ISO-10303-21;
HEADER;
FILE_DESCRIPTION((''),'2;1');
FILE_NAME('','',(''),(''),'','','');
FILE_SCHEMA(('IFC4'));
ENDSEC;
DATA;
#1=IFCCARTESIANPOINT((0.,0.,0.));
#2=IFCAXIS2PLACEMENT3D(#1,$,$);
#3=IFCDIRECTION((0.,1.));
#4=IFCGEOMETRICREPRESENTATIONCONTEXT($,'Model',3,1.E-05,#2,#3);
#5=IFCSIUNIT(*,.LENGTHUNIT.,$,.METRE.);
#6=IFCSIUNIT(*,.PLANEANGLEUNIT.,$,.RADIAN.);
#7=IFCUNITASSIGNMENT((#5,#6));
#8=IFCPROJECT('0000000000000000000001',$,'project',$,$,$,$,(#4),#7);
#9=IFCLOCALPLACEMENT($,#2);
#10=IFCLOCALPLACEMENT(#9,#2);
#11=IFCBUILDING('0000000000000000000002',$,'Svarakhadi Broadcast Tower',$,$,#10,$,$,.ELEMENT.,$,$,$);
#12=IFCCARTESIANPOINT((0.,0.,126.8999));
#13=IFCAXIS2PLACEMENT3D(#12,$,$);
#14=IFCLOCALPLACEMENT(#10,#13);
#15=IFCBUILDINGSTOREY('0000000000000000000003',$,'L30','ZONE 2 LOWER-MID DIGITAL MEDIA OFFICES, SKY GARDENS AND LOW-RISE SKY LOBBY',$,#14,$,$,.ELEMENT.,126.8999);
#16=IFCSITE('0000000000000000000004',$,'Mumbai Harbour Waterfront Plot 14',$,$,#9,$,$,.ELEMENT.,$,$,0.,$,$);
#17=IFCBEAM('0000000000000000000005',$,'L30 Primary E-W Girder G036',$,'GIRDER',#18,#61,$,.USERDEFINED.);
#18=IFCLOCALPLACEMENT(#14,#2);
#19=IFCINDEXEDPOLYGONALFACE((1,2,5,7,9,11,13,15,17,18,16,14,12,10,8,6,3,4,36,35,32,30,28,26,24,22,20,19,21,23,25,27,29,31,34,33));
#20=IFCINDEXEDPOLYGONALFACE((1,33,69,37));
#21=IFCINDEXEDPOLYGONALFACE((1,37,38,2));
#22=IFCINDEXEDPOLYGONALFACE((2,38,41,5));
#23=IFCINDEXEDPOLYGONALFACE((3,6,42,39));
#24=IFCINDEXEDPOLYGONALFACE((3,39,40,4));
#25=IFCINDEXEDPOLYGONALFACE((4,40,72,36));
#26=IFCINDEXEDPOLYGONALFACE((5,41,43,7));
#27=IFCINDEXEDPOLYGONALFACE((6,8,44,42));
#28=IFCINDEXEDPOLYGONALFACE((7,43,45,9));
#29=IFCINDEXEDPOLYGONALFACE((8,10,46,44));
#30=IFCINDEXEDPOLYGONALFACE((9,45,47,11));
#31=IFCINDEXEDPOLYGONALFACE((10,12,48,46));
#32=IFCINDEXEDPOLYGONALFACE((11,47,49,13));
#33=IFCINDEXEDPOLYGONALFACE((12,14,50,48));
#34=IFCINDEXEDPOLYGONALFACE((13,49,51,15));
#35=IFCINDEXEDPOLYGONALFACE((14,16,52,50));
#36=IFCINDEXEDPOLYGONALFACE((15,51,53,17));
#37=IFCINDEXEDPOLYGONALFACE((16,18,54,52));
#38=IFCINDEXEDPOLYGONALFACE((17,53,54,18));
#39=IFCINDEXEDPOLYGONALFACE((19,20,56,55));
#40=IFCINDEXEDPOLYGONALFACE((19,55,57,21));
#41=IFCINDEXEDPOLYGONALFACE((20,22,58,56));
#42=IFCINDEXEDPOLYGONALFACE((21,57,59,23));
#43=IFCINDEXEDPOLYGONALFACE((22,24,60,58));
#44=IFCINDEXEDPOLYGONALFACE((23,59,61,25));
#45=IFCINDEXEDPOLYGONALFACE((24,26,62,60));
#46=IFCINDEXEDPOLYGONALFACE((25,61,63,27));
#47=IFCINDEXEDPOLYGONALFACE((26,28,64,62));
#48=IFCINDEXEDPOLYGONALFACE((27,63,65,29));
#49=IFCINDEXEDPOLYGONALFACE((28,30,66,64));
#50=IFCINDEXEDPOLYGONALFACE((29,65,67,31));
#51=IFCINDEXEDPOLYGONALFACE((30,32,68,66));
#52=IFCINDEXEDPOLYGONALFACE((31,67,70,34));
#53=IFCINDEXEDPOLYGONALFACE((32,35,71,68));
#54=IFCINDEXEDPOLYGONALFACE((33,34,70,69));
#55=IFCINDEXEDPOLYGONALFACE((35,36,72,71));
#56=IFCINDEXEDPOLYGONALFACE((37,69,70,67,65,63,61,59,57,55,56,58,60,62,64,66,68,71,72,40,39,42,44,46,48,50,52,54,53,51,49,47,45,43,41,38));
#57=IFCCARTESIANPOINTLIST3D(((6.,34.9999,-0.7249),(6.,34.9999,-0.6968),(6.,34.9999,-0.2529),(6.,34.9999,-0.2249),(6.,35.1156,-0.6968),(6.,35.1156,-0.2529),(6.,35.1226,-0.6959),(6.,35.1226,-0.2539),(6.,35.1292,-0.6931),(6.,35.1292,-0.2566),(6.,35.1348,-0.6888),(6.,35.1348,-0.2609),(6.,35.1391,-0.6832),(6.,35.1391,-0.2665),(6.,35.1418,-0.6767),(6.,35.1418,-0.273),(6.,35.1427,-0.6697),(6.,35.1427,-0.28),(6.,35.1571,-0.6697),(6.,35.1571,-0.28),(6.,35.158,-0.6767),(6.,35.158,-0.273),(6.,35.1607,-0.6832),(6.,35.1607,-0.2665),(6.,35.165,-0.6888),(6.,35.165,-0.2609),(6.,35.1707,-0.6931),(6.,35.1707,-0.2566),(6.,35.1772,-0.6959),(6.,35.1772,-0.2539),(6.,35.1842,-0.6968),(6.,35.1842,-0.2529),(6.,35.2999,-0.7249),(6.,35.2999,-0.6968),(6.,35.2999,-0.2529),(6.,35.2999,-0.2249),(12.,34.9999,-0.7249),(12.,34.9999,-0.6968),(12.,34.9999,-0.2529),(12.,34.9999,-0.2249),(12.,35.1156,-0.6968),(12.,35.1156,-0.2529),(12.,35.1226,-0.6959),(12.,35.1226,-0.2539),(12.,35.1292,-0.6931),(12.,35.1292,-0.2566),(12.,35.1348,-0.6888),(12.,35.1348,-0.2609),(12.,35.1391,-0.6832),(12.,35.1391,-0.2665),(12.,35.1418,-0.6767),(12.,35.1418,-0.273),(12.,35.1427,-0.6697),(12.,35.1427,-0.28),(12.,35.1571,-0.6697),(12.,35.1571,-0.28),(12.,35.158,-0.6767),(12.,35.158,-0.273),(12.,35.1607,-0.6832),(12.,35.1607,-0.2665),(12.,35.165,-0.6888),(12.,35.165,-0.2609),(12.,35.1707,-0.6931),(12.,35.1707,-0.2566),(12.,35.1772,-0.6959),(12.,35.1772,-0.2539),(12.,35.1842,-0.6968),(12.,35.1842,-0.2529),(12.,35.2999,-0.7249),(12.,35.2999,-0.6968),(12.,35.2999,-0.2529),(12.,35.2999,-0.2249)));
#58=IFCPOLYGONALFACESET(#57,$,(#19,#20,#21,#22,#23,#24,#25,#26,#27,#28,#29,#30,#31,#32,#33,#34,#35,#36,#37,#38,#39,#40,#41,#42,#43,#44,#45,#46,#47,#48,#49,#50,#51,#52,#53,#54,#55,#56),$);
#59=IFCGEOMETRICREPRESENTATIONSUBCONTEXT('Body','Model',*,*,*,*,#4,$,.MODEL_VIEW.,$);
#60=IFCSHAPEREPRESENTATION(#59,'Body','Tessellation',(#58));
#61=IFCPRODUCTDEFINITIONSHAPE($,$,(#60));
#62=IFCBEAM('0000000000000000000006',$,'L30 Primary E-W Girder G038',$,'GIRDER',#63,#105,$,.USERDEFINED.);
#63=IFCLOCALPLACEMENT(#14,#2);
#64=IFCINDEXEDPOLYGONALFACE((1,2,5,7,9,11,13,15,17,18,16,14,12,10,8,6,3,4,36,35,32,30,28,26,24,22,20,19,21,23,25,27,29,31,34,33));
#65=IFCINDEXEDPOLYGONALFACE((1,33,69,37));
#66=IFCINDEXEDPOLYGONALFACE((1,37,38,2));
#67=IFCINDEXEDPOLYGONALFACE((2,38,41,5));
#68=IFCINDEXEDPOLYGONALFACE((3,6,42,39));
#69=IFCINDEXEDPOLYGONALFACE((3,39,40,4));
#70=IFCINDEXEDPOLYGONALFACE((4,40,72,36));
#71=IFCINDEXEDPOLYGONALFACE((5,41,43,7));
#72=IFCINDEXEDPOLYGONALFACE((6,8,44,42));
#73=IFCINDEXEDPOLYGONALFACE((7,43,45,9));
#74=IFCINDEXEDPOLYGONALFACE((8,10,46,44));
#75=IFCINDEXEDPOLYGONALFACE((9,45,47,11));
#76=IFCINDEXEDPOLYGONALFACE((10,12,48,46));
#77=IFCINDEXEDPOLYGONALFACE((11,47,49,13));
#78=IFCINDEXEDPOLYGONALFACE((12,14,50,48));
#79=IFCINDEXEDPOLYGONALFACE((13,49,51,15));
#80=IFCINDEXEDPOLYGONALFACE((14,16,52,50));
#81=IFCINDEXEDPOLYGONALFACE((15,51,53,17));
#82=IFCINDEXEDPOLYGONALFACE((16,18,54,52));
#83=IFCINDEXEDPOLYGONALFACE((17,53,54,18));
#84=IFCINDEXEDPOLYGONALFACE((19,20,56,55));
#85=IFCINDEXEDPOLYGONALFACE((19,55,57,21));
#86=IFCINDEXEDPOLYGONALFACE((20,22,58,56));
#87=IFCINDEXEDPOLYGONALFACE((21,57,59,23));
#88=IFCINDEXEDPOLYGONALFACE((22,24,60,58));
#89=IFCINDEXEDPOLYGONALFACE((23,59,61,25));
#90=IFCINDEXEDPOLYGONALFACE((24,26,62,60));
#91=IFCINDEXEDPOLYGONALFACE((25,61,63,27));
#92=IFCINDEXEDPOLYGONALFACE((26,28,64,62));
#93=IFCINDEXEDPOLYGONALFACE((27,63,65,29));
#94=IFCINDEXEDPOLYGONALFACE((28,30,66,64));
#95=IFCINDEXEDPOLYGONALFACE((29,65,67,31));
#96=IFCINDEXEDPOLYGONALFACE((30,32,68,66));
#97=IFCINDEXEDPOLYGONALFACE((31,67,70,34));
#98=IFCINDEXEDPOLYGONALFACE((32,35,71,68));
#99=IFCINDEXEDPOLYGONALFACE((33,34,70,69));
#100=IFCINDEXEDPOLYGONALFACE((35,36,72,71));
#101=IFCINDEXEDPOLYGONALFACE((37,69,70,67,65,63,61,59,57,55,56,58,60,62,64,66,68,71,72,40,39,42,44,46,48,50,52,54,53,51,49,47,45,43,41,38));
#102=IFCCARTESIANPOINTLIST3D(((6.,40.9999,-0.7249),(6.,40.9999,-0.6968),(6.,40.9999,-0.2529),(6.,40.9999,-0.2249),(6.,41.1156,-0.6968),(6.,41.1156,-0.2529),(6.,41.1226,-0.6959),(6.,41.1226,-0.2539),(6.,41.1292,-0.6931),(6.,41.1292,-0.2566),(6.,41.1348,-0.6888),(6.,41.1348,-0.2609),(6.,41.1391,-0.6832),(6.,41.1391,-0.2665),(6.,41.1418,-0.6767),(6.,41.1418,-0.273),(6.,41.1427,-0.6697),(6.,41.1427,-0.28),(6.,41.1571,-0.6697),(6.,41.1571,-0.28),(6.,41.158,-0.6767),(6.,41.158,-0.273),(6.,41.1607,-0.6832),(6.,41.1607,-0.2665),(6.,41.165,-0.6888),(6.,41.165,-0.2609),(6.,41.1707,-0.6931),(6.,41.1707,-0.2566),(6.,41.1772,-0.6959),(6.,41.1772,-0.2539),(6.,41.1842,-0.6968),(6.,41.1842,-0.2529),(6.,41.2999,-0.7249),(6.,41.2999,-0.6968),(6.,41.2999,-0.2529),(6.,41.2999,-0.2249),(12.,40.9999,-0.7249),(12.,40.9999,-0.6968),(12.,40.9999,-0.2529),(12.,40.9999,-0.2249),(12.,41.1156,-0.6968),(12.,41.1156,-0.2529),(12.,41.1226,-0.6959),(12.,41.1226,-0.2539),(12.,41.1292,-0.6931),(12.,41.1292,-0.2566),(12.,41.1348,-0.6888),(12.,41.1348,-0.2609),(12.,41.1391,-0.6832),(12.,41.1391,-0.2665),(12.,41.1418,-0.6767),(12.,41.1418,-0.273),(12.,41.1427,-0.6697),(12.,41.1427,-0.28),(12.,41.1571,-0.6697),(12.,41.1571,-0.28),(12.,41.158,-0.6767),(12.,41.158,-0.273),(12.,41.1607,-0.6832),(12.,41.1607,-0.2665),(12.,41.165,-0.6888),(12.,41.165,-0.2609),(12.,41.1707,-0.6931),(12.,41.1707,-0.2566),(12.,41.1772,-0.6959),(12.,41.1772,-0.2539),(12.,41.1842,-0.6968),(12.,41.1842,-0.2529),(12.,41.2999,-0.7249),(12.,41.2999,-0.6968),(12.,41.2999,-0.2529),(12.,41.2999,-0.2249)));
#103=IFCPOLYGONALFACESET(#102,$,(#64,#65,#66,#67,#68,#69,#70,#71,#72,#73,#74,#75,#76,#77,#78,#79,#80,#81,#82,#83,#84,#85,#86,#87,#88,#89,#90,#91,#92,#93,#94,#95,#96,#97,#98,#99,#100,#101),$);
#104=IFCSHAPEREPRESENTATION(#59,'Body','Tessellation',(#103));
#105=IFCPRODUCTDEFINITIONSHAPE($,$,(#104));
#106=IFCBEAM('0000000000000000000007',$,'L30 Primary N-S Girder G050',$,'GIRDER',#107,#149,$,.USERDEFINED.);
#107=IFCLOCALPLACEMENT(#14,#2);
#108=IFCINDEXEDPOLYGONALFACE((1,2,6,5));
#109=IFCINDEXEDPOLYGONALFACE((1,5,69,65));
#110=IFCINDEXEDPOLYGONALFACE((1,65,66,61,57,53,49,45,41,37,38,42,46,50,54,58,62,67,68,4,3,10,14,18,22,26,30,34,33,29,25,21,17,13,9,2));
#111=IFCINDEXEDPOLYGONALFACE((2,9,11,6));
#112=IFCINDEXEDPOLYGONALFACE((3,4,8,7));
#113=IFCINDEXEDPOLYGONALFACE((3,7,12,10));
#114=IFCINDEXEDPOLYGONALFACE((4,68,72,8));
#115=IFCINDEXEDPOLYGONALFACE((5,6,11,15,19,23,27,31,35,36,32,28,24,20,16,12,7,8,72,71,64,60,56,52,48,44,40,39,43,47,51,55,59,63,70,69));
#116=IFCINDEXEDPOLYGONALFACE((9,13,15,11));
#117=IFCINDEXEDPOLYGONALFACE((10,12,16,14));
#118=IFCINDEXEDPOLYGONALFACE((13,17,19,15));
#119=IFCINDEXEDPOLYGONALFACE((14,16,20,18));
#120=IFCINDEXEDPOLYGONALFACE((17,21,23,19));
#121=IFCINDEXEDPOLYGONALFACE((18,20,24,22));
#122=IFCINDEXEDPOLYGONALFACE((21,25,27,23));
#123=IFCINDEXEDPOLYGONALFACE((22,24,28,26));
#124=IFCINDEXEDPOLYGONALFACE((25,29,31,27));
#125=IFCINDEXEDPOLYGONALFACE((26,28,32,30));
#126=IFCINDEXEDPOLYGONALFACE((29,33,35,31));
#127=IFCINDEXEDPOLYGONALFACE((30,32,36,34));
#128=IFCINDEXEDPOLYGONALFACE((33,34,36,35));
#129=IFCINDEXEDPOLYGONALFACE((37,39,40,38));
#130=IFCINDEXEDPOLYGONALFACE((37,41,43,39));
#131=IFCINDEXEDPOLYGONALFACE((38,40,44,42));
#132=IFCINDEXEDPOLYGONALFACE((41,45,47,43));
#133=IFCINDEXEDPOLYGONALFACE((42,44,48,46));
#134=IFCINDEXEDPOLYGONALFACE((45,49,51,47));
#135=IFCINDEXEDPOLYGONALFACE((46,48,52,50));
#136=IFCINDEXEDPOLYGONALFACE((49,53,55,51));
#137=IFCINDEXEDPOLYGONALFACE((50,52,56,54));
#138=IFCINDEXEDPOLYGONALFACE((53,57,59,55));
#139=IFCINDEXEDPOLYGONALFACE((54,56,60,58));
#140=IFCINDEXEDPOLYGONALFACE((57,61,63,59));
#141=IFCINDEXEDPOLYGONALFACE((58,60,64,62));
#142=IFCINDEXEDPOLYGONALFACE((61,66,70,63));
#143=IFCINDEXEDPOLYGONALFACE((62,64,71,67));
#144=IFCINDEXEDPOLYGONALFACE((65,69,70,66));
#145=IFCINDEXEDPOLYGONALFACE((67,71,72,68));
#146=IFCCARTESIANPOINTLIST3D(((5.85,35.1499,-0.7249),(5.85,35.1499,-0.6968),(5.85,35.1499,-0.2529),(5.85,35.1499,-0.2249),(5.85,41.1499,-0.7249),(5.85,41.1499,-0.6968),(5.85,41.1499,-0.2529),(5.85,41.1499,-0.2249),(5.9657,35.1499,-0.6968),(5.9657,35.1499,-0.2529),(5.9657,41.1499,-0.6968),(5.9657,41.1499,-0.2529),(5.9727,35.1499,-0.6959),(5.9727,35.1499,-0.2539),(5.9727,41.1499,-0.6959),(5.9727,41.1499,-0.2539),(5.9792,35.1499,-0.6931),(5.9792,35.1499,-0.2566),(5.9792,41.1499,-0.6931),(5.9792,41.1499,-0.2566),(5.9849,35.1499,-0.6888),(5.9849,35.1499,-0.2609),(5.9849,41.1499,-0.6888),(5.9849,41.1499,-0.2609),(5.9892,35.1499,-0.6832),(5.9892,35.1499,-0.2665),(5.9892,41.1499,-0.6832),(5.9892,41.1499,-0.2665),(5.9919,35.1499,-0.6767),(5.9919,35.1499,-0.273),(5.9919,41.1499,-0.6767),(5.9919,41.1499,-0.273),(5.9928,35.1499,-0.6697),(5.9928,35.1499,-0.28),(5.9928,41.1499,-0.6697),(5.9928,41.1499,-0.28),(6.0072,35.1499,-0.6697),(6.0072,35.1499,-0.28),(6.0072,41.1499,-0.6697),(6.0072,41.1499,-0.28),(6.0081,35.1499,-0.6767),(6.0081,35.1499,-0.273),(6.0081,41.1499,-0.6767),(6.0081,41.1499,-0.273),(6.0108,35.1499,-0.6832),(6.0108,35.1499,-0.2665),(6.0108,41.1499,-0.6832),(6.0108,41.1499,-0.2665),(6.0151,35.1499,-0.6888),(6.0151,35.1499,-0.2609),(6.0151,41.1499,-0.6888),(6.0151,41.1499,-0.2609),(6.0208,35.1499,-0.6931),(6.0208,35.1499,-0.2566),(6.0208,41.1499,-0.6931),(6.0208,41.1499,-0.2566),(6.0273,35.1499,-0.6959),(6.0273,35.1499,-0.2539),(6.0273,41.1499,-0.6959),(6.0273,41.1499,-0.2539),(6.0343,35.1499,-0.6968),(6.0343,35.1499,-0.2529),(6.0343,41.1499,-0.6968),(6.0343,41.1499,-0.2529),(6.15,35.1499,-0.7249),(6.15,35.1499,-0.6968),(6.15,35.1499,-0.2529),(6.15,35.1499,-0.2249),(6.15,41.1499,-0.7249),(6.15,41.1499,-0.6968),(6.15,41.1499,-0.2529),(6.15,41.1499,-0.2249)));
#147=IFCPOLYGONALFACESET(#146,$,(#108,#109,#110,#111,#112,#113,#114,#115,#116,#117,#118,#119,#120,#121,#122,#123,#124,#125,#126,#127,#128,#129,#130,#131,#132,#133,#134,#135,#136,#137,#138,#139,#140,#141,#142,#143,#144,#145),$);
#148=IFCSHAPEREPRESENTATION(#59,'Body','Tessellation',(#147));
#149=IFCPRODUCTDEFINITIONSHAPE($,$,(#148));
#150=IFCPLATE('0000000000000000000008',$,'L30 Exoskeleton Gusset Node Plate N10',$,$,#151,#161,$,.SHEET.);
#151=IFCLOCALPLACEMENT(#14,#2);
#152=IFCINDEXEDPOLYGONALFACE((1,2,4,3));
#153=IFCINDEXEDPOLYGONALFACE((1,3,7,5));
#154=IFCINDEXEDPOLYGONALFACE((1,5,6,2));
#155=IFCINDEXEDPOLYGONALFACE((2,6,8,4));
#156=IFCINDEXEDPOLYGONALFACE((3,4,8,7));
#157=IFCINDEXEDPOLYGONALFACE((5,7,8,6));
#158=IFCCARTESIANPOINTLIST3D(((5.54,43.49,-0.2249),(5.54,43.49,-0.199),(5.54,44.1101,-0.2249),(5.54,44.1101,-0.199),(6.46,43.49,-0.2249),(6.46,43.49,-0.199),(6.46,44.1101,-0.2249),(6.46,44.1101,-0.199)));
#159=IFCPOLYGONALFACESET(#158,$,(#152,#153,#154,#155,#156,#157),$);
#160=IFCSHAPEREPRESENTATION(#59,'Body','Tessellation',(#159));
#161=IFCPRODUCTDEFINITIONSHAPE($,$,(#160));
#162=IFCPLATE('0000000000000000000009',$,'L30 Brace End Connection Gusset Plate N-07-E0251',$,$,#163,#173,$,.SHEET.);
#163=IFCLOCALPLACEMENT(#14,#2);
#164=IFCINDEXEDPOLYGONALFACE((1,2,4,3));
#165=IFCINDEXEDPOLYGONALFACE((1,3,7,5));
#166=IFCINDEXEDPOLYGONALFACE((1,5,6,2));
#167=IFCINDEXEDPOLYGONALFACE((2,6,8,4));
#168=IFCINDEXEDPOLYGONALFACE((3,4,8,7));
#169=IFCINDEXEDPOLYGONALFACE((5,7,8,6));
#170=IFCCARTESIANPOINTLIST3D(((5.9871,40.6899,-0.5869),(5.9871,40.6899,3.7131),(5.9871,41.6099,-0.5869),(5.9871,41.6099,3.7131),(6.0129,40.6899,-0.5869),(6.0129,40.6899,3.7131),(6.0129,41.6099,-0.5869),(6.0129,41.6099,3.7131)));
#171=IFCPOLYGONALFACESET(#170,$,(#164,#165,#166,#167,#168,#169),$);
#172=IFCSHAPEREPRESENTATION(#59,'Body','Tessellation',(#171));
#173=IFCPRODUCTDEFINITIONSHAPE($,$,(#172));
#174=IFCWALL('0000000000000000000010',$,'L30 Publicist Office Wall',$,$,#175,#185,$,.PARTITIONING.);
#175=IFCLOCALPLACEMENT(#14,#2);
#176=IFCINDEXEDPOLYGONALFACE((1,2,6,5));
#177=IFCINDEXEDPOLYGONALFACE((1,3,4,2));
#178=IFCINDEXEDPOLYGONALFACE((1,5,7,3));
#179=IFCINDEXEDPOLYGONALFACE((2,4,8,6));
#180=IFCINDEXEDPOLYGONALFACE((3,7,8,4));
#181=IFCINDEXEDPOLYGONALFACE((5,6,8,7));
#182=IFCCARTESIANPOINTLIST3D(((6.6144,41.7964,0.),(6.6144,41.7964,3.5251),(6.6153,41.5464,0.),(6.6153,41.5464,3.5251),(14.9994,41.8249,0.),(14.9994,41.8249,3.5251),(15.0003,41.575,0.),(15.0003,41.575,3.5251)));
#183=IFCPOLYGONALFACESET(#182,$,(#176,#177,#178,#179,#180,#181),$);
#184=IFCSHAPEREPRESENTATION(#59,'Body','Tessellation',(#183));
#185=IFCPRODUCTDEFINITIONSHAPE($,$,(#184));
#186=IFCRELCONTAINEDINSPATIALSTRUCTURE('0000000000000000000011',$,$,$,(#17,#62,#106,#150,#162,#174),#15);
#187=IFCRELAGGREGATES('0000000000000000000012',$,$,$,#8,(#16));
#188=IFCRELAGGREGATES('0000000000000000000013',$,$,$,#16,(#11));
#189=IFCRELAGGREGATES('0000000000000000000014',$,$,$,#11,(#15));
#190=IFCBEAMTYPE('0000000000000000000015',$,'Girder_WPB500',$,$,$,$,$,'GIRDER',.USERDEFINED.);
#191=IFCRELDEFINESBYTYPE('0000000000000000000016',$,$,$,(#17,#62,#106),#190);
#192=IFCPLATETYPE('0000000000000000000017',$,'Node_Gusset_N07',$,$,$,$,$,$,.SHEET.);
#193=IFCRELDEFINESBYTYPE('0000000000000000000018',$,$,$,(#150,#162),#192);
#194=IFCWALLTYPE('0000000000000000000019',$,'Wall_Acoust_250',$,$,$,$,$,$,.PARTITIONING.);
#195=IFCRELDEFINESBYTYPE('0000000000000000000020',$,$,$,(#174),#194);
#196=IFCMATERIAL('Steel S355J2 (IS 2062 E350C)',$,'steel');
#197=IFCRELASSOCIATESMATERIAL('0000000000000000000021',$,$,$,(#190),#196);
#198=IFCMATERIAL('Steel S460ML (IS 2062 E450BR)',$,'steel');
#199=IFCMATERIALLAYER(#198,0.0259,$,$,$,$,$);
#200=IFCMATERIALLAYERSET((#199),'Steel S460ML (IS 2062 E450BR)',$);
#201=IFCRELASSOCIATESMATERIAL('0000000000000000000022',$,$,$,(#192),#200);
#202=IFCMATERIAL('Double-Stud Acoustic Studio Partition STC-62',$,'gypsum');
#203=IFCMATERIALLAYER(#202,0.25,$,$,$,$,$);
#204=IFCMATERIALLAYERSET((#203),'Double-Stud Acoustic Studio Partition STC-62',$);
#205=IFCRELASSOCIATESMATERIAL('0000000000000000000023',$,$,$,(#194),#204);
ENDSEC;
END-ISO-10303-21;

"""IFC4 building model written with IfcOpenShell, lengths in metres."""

from ifc_helpers import new_model, si_unit, direction, frame, frame_2d, origin, origin_2d, place, context, subcontext, project, spatial, rectangle, i_section, extrude, material, layer, layer_set, material_profile, profile_set, type_object, element, save


model = new_model("IFC4")

# Units and contexts
model_context = context("Model", 3, precision=1e-05, world=origin(), true_north=direction((0.0, 1.0)))
body_context = subcontext(model_context, "Body", "Model", "MODEL_VIEW")
ifc_project = project(units=[si_unit("LENGTHUNIT", "METRE"), si_unit("PLANEANGLEUNIT", "RADIAN")], contexts=[model_context])

# Site, building, storey
site_placement = place(None, origin())
site = spatial("IfcSite", under=ifc_project, at=site_placement, Name="Mumbai Harbour Waterfront Plot 14", CompositionType="ELEMENT", RefElevation=0.0)
building_placement = place(site_placement, origin())
building = spatial("IfcBuilding", under=site, at=building_placement, Name="Svarakhadi Broadcast Tower", CompositionType="ELEMENT")
storey_placement = place(building_placement, frame((0.0, 0.0, 126.8999)))
storey = spatial("IfcBuildingStorey", under=building, at=storey_placement, Name="L30", Description="ZONE 2 LOWER-MID DIGITAL MEDIA OFFICES, SKY GARDENS AND LOW-RISE SKY LOBBY", CompositionType="ELEMENT", Elevation=126.8999)

# Shared definitions
ifc_material_1 = material(Name="Steel S460ML (IS 2062 E450BR)", Category="steel")

# Shared definitions
ifc_material_2 = material(Name="Steel S355J2 (IS 2062 E350C)", Category="steel")

# Beams
ifc_material_profile_1 = material_profile(ifc_material_2, i_section(OverallWidth=0.3, OverallDepth=0.5, WebThickness=0.0144, FlangeThickness=0.0281, FilletRadius=0.0271, at=origin_2d()), Name="WPB 500x300x187")
ifc_profile_set_1 = profile_set([ifc_material_profile_1], Name="Steel S355J2 (IS 2062 E350C)")
beam_type_1 = type_object("IfcBeamType", Name="Girder_WPB500", ElementType="GIRDER", PredefinedType="USERDEFINED", material=ifc_profile_set_1)
for number, where, z_axis, x_axis, name in (
    (1, (6.0, 35.1499, -0.4749), (1.0, 0.0, 0.0), (0.0, 1.0, 0.0), "L30 Primary E-W Girder G036"),
    (2, (6.0, 41.1499, -0.4749), (1.0, 0.0, 0.0), (0.0, 1.0, 0.0), "L30 Primary E-W Girder G038"),
    (3, (6.0, 35.1499, -0.4749), (0.0, 1.0, 0.0), (-1.0, 0.0, 0.0), "L30 Primary N-S Girder G050"),
):
    element("IfcBeam", number, at=place(storey_placement, frame(where, z_axis=z_axis, x_axis=x_axis)), inside=storey, type_object=beam_type_1, Name=name, ObjectType="GIRDER", PredefinedType="USERDEFINED", context=body_context, shape_type="SweptSolid", body=[
        extrude(i_section(OverallWidth=0.3, OverallDepth=0.5, WebThickness=0.0144, FlangeThickness=0.0281, FilletRadius=0.0271, at=origin_2d()), origin(), (0.0, 0.0, 1.0), 6.0),
    ])

# Plates
ifc_layer_1 = layer(ifc_material_1, 0.0259)
ifc_layer_set_1 = layer_set([ifc_layer_1], Name="Steel S460ML (IS 2062 E450BR)")
plate_type = type_object("IfcPlateType", Name="Node_Gusset_N07", PredefinedType="SHEET", material=ifc_layer_set_1)
plate_1_placement = place(storey_placement, frame((6.0, 43.8, -0.2249), z_axis=(0.0, 0.0, 1.0), x_axis=(1.0, 0.0, 0.0)))
element("IfcPlate", 4, at=plate_1_placement, inside=storey, type_object=plate_type, Name="L30 Exoskeleton Gusset Node Plate N10", PredefinedType="SHEET", context=body_context, shape_type="SweptSolid", body=[
    extrude(rectangle(XDim=0.9199, YDim=0.6201, at=origin_2d()), origin(), (0.0, 0.0, 1.0), 0.0259),
])
plate_2_placement = place(storey_placement, frame((6.0, 41.1499, -0.5869), z_axis=(0.0, 0.0, 1.0), x_axis=(0.0, 1.0, 0.0)))
element("IfcPlate", 5, at=plate_2_placement, inside=storey, type_object=plate_type, Name="L30 Brace End Connection Gusset Plate N-07-E0251", PredefinedType="SHEET", context=body_context, shape_type="SweptSolid", body=[
    extrude(rectangle(XDim=0.9199, YDim=0.0259, at=origin_2d()), origin(), (0.0, 0.0, 1.0), 4.3),
])

# Wall
ifc_material_3 = material(Name="Double-Stud Acoustic Studio Partition STC-62", Category="gypsum")
ifc_layer_2 = layer(ifc_material_3, 0.25)
ifc_layer_set_2 = layer_set([ifc_layer_2], Name="Double-Stud Acoustic Studio Partition STC-62")
wall_type = type_object("IfcWallType", Name="Wall_Acoust_250", PredefinedType="PARTITIONING", material=ifc_layer_set_2)
wall_placement = place(storey_placement, frame((6.615, 41.6714, 0.0), z_axis=(0.0, 0.0, 1.0), x_axis=(0.999994, 0.003407, 0.0)))
element("IfcWall", 6, at=wall_placement, inside=storey, type_object=wall_type, Name="L30 Publicist Office Wall", PredefinedType="PARTITIONING", context=body_context, shape_type="SweptSolid", body=[
    extrude(rectangle(XDim=8.385, YDim=0.25, at=frame_2d((4.1924, 0.0))), origin(), (0.0, 0.0, 1.0), 3.5251),
])

save(model, "model.ifc")
